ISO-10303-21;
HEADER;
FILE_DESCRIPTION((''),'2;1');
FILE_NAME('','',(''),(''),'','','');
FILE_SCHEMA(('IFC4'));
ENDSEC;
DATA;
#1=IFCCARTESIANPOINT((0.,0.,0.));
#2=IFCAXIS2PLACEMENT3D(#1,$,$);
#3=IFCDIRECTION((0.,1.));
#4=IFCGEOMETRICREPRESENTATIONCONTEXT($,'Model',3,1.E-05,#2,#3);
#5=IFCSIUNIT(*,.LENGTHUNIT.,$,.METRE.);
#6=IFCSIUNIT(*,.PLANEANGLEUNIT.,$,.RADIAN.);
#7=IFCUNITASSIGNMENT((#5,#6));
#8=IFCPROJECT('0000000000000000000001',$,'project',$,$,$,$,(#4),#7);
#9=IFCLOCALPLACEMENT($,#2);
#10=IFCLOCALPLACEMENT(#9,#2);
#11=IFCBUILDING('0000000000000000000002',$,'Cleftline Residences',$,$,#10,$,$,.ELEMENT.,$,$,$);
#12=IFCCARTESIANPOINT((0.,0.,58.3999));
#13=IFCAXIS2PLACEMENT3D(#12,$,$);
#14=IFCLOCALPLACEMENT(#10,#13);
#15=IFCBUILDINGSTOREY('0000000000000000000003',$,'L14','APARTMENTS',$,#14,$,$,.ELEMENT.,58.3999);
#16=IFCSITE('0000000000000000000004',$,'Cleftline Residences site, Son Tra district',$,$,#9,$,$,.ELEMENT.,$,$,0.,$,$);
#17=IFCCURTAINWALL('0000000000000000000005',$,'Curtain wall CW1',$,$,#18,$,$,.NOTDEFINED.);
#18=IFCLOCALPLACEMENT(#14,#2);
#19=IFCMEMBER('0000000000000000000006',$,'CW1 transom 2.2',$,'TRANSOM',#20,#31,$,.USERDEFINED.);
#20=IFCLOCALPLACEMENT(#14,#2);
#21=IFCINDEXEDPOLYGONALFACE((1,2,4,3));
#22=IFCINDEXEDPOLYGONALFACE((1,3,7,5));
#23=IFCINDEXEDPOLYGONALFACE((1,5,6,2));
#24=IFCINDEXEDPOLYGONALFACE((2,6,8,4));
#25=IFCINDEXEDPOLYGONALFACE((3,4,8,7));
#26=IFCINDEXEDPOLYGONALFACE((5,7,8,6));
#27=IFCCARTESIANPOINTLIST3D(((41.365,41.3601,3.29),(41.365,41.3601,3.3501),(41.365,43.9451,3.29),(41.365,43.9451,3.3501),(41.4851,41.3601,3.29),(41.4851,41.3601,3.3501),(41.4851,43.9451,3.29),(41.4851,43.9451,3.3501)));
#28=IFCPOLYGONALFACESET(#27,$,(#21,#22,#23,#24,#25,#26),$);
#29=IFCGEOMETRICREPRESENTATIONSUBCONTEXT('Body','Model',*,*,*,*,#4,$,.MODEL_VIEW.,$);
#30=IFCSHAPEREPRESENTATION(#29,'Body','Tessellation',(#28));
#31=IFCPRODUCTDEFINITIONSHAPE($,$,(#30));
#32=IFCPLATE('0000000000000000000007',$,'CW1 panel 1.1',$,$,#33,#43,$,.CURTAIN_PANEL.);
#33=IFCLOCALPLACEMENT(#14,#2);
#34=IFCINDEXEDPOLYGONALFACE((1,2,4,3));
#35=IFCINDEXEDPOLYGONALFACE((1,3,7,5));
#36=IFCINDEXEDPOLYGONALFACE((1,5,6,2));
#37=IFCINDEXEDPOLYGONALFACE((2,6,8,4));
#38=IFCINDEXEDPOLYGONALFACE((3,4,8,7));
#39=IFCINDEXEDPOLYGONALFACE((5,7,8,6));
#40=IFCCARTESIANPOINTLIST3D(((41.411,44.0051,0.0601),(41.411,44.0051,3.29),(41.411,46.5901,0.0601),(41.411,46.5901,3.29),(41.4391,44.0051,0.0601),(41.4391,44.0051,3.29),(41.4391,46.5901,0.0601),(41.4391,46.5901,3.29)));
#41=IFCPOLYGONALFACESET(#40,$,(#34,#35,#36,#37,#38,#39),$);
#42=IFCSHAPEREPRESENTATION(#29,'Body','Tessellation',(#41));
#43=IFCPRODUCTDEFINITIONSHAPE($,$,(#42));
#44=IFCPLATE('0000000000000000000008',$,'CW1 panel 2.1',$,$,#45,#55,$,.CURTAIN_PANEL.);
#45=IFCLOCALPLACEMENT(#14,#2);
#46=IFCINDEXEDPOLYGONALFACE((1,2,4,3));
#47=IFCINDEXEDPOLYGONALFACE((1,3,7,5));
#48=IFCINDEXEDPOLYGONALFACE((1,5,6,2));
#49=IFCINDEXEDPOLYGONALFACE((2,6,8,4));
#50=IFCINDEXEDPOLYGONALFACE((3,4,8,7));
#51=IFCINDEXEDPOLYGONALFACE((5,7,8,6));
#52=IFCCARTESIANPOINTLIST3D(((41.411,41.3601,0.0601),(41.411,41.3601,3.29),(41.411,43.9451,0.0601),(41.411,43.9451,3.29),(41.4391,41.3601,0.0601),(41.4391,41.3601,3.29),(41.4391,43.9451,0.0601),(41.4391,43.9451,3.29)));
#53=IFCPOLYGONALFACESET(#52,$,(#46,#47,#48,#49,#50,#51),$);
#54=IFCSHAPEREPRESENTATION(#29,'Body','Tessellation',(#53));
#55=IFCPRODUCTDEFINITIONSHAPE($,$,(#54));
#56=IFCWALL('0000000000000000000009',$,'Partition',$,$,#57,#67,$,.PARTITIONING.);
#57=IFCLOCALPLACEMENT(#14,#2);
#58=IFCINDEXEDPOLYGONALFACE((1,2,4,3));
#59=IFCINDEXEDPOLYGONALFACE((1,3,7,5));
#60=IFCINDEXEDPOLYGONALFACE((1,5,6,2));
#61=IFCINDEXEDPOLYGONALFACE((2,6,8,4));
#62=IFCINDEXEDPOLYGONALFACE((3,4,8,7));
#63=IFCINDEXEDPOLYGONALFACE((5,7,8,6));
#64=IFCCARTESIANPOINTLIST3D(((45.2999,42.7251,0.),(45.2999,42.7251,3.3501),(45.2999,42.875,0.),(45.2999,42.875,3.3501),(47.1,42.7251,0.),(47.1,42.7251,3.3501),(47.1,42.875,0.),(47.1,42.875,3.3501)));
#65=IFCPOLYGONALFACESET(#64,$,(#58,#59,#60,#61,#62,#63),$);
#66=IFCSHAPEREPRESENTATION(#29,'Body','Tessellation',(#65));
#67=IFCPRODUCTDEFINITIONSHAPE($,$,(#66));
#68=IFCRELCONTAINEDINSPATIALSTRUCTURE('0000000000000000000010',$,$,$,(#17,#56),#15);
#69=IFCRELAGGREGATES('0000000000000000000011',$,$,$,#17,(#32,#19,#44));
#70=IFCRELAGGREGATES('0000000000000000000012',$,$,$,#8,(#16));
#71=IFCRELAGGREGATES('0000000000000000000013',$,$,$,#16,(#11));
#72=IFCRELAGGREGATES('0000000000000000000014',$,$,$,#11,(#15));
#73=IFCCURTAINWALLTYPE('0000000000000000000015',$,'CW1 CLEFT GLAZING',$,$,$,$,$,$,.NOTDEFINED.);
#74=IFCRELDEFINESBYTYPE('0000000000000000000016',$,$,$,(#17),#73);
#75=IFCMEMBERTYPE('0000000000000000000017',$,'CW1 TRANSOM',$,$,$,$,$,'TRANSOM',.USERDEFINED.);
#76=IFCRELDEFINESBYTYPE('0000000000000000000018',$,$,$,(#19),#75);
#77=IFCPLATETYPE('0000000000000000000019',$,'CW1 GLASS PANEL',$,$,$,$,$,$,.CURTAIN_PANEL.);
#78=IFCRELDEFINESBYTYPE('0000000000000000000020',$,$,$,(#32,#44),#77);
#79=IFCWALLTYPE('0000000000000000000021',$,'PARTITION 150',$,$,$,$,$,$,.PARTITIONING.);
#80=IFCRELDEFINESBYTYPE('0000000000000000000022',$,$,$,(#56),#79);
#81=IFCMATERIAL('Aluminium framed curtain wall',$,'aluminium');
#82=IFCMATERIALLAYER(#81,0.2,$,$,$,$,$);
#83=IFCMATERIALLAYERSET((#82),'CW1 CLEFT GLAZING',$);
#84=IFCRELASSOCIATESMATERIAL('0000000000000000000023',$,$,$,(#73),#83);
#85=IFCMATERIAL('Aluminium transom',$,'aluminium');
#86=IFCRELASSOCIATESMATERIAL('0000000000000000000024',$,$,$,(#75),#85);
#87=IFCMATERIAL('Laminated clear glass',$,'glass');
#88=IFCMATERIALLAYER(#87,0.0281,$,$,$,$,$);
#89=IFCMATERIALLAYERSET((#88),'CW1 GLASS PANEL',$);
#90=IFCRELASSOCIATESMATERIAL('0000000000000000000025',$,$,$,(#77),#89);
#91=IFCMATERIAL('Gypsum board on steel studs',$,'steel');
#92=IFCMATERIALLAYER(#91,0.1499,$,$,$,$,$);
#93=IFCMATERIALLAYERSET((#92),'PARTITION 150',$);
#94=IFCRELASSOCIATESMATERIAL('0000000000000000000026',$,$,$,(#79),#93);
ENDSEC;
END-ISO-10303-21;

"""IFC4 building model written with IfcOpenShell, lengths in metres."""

from ifc_helpers import new_model, si_unit, direction, frame, frame_2d, origin, origin_2d, place, context, subcontext, project, spatial, rectangle, extrude, material, layer, layer_set, material_profile, profile_set, type_object, element, aggregate, save


model = new_model("IFC4")

# Units and contexts
model_context = context("Model", 3, precision=1e-05, world=origin(), true_north=direction((0.0, 1.0)))
body_context = subcontext(model_context, "Body", "Model", "MODEL_VIEW")
ifc_project = project(units=[si_unit("LENGTHUNIT", "METRE"), si_unit("PLANEANGLEUNIT", "RADIAN")], contexts=[model_context])

# Site, building, storey
site_placement = place(None, origin())
site = spatial("IfcSite", under=ifc_project, at=site_placement, Name="Cleftline Residences site, Son Tra district", CompositionType="ELEMENT", RefElevation=0.0)
building_placement = place(site_placement, origin())
building = spatial("IfcBuilding", under=site, at=building_placement, Name="Cleftline Residences", CompositionType="ELEMENT")
storey_placement = place(building_placement, frame((0.0, 0.0, 58.3999)))
storey = spatial("IfcBuildingStorey", under=building, at=storey_placement, Name="L14", Description="APARTMENTS", CompositionType="ELEMENT", Elevation=58.3999)

# Curtain wall, member, plates
ifc_material_1 = material(Name="Aluminium framed curtain wall", Category="aluminium")
ifc_layer_1 = layer(ifc_material_1, 0.2)
ifc_layer_set_1 = layer_set([ifc_layer_1], Name="CW1 CLEFT GLAZING")
curtain_wall_type = type_object("IfcCurtainWallType", Name="CW1 CLEFT GLAZING", PredefinedType="NOTDEFINED", material=ifc_layer_set_1)
curtain_wall_placement = place(storey_placement, origin())
curtain_wall = element("IfcCurtainWall", 1, at=curtain_wall_placement, inside=storey, type_object=curtain_wall_type, Name="Curtain wall CW1", PredefinedType="NOTDEFINED")
ifc_material_2 = material(Name="Aluminium transom", Category="aluminium")
ifc_material_profile_1 = material_profile(ifc_material_2, rectangle(XDim=0.1201, YDim=0.0601, at=origin_2d()))
ifc_profile_set_1 = profile_set([ifc_material_profile_1], Name="Aluminium transom")
member_type_1 = type_object("IfcMemberType", Name="CW1 TRANSOM", ElementType="TRANSOM", PredefinedType="USERDEFINED", material=ifc_profile_set_1)
member_1_placement = place(storey_placement, frame((41.425, 43.9451, 3.3201), z_axis=(0.0, -1.0, 0.0), x_axis=(1.0, 0.0, 0.0)))
member_1 = element("IfcMember", 2, at=member_1_placement, type_object=member_type_1, Name="CW1 transom 2.2", ObjectType="TRANSOM", PredefinedType="USERDEFINED", context=body_context, shape_type="SweptSolid", body=[
    extrude(rectangle(XDim=0.1201, YDim=0.0601, at=origin_2d()), origin(), (0.0, 0.0, 1.0), 2.585),
])
ifc_material_3 = material(Name="Laminated clear glass", Category="glass")
ifc_layer_2 = layer(ifc_material_3, 0.0281)
ifc_layer_set_2 = layer_set([ifc_layer_2], Name="CW1 GLASS PANEL")
plate_type = type_object("IfcPlateType", Name="CW1 GLASS PANEL", PredefinedType="CURTAIN_PANEL", material=ifc_layer_set_2)
plate_1_placement = place(storey_placement, frame((41.425, 45.2976, 0.0601), z_axis=(0.0, 0.0, 1.0), x_axis=(0.0, -1.0, 0.0)))
plate_1 = element("IfcPlate", 3, at=plate_1_placement, type_object=plate_type, Name="CW1 panel 1.1", PredefinedType="CURTAIN_PANEL", context=body_context, shape_type="SweptSolid", body=[
    extrude(rectangle(XDim=2.585, YDim=0.0281, at=origin_2d()), origin(), (0.0, 0.0, 1.0), 3.23),
])
plate_2_placement = place(storey_placement, frame((41.425, 42.6526, 0.0601), z_axis=(0.0, 0.0, 1.0), x_axis=(0.0, -1.0, 0.0)))
plate_2 = element("IfcPlate", 4, at=plate_2_placement, type_object=plate_type, Name="CW1 panel 2.1", PredefinedType="CURTAIN_PANEL", context=body_context, shape_type="SweptSolid", body=[
    extrude(rectangle(XDim=2.585, YDim=0.0281, at=origin_2d()), origin(), (0.0, 0.0, 1.0), 3.23),
])
aggregate(curtain_wall, [plate_1, member_1, plate_2])

# Wall
ifc_material_4 = material(Name="Gypsum board on steel studs", Category="steel")
ifc_layer_3 = layer(ifc_material_4, 0.1499)
ifc_layer_set_3 = layer_set([ifc_layer_3], Name="PARTITION 150")
wall_type = type_object("IfcWallType", Name="PARTITION 150", PredefinedType="PARTITIONING", material=ifc_layer_set_3)
wall_placement = place(storey_placement, frame((45.3, 42.8, 0.0), z_axis=(0.0, 0.0, 1.0), x_axis=(1.0, 0.0, 0.0)))
element("IfcWall", 5, at=wall_placement, inside=storey, type_object=wall_type, Name="Partition", PredefinedType="PARTITIONING", context=body_context, shape_type="SweptSolid", body=[
    extrude(rectangle(XDim=1.8, YDim=0.1499, at=frame_2d((0.8999, 0.0))), origin(), (0.0, 0.0, 1.0), 3.3501),
])

save(model, "model.ifc")
